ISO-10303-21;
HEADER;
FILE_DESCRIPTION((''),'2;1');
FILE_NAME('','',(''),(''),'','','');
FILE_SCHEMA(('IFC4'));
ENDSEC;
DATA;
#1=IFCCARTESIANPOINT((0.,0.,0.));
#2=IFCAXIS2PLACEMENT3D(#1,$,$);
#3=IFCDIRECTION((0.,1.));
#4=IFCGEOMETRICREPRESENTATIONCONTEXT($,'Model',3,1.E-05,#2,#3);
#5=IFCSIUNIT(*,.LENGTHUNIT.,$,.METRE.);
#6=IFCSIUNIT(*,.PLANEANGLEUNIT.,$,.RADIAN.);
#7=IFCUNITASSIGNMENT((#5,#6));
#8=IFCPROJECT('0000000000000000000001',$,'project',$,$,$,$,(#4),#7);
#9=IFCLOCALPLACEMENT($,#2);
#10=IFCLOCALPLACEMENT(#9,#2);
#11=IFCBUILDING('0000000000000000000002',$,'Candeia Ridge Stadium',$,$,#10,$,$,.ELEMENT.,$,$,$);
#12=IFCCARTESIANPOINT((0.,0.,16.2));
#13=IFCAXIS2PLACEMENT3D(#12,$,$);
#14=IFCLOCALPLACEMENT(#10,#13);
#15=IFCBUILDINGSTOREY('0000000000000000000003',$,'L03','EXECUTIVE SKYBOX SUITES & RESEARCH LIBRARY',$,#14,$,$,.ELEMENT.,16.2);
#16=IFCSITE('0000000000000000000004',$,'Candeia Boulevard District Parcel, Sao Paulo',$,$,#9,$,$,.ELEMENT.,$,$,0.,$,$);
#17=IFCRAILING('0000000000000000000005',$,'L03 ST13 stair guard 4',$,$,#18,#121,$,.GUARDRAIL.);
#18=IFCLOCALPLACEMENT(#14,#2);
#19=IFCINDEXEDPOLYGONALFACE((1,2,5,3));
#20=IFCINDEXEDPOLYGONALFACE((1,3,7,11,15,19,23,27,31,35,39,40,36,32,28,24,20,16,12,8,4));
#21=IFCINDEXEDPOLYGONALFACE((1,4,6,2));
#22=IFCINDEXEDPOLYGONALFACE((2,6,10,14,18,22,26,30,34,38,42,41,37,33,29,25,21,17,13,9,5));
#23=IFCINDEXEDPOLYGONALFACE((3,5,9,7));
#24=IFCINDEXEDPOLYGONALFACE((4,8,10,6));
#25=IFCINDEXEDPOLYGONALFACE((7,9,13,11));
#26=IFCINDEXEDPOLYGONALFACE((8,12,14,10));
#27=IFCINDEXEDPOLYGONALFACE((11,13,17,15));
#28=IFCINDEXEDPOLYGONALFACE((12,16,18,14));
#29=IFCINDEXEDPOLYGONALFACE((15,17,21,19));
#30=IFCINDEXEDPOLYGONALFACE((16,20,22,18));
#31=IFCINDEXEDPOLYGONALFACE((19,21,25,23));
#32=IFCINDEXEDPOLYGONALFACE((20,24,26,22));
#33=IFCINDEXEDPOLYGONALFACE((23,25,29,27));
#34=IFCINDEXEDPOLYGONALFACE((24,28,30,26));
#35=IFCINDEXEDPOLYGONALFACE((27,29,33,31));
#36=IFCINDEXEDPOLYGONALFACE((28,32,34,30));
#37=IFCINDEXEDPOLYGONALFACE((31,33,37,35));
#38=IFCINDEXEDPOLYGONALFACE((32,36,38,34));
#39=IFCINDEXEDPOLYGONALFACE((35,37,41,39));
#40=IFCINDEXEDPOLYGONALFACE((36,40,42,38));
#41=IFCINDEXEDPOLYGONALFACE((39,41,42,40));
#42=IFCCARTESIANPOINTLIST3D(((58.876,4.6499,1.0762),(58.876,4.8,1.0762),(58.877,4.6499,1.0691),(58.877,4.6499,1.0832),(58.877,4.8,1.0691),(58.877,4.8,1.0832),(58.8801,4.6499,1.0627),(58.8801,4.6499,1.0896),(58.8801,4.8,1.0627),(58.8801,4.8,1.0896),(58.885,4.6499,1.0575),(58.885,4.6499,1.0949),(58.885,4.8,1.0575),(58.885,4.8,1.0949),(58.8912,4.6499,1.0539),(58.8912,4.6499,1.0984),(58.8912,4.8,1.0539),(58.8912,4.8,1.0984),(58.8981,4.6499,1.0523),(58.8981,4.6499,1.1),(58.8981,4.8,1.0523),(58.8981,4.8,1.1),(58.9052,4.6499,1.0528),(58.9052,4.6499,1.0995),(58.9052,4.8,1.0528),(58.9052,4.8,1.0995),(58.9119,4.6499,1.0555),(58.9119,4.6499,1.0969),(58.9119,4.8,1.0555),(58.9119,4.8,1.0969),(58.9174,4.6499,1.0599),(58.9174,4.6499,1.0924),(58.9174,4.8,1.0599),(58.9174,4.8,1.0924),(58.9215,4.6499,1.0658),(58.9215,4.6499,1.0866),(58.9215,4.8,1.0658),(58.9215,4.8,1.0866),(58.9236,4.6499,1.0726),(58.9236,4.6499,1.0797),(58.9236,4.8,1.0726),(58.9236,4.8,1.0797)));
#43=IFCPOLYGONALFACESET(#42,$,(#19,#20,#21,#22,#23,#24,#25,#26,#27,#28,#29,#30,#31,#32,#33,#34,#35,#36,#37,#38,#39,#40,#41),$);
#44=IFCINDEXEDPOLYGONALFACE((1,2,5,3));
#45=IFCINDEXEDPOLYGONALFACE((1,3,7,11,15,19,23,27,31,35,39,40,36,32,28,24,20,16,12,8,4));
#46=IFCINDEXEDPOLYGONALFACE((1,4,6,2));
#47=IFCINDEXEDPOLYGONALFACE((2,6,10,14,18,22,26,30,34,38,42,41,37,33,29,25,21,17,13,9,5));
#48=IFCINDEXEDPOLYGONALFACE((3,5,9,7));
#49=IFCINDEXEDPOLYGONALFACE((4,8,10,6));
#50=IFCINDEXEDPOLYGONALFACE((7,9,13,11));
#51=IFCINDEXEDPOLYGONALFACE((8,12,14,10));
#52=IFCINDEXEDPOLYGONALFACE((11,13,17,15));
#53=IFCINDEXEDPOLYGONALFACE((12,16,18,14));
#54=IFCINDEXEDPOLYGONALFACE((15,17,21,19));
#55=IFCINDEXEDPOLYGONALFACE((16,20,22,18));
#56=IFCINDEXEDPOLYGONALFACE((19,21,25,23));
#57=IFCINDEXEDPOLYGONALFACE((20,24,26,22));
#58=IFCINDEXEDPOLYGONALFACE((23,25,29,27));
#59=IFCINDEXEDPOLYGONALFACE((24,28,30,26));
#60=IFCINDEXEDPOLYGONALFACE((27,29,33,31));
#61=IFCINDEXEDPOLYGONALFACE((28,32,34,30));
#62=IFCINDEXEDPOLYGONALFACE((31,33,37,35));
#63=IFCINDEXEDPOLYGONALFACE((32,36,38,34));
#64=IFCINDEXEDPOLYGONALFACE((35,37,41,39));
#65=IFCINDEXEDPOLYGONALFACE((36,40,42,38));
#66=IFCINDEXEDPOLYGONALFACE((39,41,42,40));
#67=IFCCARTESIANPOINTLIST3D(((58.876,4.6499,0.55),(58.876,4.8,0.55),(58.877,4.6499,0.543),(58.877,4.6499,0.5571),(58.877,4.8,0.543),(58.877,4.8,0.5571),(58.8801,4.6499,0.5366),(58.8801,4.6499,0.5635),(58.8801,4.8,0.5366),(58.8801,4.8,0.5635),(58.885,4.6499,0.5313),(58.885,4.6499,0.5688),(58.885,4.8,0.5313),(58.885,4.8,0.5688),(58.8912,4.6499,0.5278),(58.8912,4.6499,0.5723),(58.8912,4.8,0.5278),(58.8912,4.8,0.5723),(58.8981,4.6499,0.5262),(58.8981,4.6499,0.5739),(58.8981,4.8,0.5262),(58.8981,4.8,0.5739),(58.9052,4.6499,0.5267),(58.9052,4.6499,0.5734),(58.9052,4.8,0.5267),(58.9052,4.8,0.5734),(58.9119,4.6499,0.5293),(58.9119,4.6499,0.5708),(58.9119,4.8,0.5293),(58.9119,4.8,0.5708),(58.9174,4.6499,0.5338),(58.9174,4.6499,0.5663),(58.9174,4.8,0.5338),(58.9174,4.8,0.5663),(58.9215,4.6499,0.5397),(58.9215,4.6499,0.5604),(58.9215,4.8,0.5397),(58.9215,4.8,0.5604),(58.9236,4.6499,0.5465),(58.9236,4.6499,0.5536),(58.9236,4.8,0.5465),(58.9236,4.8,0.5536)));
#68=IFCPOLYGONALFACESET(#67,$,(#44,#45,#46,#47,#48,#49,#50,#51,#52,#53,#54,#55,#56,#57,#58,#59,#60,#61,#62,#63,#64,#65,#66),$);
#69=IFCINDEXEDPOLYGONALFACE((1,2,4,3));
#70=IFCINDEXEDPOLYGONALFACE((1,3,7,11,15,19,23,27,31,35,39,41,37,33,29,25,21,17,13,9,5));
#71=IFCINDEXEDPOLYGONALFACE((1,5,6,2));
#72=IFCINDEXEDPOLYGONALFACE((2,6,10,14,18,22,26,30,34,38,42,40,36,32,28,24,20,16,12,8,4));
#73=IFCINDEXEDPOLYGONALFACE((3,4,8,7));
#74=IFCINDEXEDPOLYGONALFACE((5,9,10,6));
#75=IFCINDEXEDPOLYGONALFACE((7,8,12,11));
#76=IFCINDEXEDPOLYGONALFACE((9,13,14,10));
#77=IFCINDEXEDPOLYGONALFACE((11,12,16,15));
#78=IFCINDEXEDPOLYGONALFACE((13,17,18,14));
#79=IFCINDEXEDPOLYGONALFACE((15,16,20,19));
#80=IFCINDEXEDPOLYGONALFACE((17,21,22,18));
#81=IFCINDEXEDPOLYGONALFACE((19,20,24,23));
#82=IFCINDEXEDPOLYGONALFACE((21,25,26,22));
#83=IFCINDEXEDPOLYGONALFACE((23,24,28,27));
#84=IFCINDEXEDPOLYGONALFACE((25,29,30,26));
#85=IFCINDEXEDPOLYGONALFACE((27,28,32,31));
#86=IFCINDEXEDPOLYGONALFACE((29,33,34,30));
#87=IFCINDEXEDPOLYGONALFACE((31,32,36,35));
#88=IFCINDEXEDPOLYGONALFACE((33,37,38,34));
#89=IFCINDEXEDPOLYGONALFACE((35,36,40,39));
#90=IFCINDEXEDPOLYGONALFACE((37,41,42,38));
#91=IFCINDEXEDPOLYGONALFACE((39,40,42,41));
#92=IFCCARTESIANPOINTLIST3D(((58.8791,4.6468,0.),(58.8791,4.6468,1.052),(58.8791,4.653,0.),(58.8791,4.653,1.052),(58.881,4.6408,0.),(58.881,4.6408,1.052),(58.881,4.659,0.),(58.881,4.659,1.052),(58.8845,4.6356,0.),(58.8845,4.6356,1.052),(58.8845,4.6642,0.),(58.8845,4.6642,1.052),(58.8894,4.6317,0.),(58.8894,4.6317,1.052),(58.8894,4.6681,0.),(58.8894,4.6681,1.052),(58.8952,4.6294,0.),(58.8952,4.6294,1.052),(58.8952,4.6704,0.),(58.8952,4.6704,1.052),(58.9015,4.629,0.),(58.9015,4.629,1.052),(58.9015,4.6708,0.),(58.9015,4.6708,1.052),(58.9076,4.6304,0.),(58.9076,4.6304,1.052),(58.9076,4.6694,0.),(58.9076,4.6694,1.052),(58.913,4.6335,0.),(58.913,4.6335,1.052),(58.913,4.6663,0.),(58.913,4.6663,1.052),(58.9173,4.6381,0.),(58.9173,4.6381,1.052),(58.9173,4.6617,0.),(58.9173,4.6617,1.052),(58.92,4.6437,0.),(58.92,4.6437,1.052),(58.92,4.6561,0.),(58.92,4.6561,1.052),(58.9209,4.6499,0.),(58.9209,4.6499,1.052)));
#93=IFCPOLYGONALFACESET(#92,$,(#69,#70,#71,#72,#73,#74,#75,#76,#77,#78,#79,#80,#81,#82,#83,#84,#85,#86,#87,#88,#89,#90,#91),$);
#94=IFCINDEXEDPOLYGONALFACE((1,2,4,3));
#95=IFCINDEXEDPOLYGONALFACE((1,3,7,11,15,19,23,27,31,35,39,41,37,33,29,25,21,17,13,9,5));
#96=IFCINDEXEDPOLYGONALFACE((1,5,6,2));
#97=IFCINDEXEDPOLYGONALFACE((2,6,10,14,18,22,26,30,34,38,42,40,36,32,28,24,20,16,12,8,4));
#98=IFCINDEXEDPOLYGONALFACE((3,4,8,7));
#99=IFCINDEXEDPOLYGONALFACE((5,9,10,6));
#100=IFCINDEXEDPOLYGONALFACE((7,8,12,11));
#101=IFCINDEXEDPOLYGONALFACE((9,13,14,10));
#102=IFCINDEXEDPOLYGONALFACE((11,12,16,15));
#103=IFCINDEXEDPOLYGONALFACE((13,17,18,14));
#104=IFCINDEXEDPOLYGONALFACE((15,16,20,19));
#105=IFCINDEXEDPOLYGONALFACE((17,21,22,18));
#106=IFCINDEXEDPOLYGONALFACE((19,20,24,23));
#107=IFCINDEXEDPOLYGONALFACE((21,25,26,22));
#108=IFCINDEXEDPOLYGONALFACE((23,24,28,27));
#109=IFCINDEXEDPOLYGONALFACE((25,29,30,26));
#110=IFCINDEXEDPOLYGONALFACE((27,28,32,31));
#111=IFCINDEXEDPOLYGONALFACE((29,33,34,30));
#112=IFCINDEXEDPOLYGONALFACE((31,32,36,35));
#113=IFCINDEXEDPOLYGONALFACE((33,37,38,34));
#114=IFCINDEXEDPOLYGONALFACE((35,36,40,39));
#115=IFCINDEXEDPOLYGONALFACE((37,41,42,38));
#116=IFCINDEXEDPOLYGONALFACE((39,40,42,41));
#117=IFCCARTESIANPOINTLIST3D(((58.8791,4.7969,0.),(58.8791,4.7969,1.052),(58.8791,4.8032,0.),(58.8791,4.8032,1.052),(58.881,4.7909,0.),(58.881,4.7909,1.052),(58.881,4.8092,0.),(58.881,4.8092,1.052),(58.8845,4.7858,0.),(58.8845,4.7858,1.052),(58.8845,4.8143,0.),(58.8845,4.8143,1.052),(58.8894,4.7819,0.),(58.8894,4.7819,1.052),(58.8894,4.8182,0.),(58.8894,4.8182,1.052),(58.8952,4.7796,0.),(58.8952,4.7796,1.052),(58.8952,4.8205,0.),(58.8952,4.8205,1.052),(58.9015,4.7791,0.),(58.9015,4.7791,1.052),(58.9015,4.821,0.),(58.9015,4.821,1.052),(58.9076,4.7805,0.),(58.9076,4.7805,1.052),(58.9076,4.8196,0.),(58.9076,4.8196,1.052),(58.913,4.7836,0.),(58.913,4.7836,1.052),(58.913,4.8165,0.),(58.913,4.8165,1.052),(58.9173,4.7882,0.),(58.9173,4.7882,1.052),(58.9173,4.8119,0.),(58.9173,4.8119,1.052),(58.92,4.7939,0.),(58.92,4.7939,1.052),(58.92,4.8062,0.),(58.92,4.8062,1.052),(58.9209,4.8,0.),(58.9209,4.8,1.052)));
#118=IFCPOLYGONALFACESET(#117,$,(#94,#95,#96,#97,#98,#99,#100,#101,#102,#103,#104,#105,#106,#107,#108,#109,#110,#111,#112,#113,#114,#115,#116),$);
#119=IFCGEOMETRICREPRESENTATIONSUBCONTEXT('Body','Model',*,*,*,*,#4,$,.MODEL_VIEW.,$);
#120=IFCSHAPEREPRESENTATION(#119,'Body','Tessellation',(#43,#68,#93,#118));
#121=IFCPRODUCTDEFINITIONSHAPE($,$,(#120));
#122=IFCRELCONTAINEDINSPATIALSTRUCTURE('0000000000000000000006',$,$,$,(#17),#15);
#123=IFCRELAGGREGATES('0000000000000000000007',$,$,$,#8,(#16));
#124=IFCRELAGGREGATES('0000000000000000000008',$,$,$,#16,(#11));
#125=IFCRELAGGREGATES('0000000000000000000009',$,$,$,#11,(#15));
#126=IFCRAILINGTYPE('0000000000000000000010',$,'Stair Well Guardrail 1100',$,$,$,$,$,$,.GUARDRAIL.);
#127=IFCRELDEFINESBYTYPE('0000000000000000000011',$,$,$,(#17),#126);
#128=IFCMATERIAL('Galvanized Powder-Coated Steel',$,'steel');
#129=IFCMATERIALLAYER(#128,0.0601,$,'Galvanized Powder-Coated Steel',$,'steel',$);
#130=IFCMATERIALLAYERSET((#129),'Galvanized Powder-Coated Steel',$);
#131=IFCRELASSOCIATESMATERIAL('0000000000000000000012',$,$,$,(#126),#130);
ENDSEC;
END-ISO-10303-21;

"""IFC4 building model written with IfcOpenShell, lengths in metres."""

from ifc_helpers import new_model, si_unit, direction, frame, origin, origin_2d, place, context, subcontext, project, spatial, circle, extrude, material, layer, layer_set, type_object, element, save


model = new_model("IFC4")

# Units and contexts
model_context = context("Model", 3, precision=1e-05, world=origin(), true_north=direction((0.0, 1.0)))
body_context = subcontext(model_context, "Body", "Model", "MODEL_VIEW")
ifc_project = project(units=[si_unit("LENGTHUNIT", "METRE"), si_unit("PLANEANGLEUNIT", "RADIAN")], contexts=[model_context])

# Site, building, storey
site_placement = place(None, origin())
site = spatial("IfcSite", under=ifc_project, at=site_placement, Name="Candeia Boulevard District Parcel, Sao Paulo", CompositionType="ELEMENT", RefElevation=0.0)
building_placement = place(site_placement, origin())
building = spatial("IfcBuilding", under=site, at=building_placement, Name="Candeia Ridge Stadium", CompositionType="ELEMENT")
storey_placement = place(building_placement, frame((0.0, 0.0, 16.2)))
storey = spatial("IfcBuildingStorey", under=building, at=storey_placement, Name="L03", Description="EXECUTIVE SKYBOX SUITES & RESEARCH LIBRARY", CompositionType="ELEMENT", Elevation=16.2)

# Railing
ifc_material_1 = material(Name="Galvanized Powder-Coated Steel", Category="steel")
ifc_layer_1 = layer(ifc_material_1, 0.0601, Name="Galvanized Powder-Coated Steel", Category="steel")
ifc_layer_set_1 = layer_set([ifc_layer_1], Name="Galvanized Powder-Coated Steel")
railing_type_1 = type_object("IfcRailingType", Name="Stair Well Guardrail 1100", PredefinedType="GUARDRAIL", material=ifc_layer_set_1)
railing_1_placement = place(storey_placement, frame((58.8999, 4.6499, 0.0)))
element("IfcRailing", 1, at=railing_1_placement, inside=storey, type_object=railing_type_1, Name="L03 ST13 stair guard 4", PredefinedType="GUARDRAIL", context=body_context, shape_type="SweptSolid", body=[
    extrude(circle(Radius=0.0239, at=origin_2d()), frame((0.0, 0.0, 1.0762), z_axis=(0.0, 1.0, 0.0), x_axis=(-1.0, 0.0, 0.0)), (0.0, 0.0, 1.0), 0.1501),
    extrude(circle(Radius=0.0239, at=origin_2d()), frame((0.0, 0.0, 0.55), z_axis=(0.0, 1.0, 0.0), x_axis=(-1.0, 0.0, 0.0)), (0.0, 0.0, 1.0), 0.1501),
    extrude(circle(Radius=0.021, at=origin_2d()), origin(), (0.0, 0.0, 1.0), 1.052),
    extrude(circle(Radius=0.021, at=origin_2d()), frame((0.0, 0.1501, 0.0)), (0.0, 0.0, 1.0), 1.052),
])

save(model, "model.ifc")
